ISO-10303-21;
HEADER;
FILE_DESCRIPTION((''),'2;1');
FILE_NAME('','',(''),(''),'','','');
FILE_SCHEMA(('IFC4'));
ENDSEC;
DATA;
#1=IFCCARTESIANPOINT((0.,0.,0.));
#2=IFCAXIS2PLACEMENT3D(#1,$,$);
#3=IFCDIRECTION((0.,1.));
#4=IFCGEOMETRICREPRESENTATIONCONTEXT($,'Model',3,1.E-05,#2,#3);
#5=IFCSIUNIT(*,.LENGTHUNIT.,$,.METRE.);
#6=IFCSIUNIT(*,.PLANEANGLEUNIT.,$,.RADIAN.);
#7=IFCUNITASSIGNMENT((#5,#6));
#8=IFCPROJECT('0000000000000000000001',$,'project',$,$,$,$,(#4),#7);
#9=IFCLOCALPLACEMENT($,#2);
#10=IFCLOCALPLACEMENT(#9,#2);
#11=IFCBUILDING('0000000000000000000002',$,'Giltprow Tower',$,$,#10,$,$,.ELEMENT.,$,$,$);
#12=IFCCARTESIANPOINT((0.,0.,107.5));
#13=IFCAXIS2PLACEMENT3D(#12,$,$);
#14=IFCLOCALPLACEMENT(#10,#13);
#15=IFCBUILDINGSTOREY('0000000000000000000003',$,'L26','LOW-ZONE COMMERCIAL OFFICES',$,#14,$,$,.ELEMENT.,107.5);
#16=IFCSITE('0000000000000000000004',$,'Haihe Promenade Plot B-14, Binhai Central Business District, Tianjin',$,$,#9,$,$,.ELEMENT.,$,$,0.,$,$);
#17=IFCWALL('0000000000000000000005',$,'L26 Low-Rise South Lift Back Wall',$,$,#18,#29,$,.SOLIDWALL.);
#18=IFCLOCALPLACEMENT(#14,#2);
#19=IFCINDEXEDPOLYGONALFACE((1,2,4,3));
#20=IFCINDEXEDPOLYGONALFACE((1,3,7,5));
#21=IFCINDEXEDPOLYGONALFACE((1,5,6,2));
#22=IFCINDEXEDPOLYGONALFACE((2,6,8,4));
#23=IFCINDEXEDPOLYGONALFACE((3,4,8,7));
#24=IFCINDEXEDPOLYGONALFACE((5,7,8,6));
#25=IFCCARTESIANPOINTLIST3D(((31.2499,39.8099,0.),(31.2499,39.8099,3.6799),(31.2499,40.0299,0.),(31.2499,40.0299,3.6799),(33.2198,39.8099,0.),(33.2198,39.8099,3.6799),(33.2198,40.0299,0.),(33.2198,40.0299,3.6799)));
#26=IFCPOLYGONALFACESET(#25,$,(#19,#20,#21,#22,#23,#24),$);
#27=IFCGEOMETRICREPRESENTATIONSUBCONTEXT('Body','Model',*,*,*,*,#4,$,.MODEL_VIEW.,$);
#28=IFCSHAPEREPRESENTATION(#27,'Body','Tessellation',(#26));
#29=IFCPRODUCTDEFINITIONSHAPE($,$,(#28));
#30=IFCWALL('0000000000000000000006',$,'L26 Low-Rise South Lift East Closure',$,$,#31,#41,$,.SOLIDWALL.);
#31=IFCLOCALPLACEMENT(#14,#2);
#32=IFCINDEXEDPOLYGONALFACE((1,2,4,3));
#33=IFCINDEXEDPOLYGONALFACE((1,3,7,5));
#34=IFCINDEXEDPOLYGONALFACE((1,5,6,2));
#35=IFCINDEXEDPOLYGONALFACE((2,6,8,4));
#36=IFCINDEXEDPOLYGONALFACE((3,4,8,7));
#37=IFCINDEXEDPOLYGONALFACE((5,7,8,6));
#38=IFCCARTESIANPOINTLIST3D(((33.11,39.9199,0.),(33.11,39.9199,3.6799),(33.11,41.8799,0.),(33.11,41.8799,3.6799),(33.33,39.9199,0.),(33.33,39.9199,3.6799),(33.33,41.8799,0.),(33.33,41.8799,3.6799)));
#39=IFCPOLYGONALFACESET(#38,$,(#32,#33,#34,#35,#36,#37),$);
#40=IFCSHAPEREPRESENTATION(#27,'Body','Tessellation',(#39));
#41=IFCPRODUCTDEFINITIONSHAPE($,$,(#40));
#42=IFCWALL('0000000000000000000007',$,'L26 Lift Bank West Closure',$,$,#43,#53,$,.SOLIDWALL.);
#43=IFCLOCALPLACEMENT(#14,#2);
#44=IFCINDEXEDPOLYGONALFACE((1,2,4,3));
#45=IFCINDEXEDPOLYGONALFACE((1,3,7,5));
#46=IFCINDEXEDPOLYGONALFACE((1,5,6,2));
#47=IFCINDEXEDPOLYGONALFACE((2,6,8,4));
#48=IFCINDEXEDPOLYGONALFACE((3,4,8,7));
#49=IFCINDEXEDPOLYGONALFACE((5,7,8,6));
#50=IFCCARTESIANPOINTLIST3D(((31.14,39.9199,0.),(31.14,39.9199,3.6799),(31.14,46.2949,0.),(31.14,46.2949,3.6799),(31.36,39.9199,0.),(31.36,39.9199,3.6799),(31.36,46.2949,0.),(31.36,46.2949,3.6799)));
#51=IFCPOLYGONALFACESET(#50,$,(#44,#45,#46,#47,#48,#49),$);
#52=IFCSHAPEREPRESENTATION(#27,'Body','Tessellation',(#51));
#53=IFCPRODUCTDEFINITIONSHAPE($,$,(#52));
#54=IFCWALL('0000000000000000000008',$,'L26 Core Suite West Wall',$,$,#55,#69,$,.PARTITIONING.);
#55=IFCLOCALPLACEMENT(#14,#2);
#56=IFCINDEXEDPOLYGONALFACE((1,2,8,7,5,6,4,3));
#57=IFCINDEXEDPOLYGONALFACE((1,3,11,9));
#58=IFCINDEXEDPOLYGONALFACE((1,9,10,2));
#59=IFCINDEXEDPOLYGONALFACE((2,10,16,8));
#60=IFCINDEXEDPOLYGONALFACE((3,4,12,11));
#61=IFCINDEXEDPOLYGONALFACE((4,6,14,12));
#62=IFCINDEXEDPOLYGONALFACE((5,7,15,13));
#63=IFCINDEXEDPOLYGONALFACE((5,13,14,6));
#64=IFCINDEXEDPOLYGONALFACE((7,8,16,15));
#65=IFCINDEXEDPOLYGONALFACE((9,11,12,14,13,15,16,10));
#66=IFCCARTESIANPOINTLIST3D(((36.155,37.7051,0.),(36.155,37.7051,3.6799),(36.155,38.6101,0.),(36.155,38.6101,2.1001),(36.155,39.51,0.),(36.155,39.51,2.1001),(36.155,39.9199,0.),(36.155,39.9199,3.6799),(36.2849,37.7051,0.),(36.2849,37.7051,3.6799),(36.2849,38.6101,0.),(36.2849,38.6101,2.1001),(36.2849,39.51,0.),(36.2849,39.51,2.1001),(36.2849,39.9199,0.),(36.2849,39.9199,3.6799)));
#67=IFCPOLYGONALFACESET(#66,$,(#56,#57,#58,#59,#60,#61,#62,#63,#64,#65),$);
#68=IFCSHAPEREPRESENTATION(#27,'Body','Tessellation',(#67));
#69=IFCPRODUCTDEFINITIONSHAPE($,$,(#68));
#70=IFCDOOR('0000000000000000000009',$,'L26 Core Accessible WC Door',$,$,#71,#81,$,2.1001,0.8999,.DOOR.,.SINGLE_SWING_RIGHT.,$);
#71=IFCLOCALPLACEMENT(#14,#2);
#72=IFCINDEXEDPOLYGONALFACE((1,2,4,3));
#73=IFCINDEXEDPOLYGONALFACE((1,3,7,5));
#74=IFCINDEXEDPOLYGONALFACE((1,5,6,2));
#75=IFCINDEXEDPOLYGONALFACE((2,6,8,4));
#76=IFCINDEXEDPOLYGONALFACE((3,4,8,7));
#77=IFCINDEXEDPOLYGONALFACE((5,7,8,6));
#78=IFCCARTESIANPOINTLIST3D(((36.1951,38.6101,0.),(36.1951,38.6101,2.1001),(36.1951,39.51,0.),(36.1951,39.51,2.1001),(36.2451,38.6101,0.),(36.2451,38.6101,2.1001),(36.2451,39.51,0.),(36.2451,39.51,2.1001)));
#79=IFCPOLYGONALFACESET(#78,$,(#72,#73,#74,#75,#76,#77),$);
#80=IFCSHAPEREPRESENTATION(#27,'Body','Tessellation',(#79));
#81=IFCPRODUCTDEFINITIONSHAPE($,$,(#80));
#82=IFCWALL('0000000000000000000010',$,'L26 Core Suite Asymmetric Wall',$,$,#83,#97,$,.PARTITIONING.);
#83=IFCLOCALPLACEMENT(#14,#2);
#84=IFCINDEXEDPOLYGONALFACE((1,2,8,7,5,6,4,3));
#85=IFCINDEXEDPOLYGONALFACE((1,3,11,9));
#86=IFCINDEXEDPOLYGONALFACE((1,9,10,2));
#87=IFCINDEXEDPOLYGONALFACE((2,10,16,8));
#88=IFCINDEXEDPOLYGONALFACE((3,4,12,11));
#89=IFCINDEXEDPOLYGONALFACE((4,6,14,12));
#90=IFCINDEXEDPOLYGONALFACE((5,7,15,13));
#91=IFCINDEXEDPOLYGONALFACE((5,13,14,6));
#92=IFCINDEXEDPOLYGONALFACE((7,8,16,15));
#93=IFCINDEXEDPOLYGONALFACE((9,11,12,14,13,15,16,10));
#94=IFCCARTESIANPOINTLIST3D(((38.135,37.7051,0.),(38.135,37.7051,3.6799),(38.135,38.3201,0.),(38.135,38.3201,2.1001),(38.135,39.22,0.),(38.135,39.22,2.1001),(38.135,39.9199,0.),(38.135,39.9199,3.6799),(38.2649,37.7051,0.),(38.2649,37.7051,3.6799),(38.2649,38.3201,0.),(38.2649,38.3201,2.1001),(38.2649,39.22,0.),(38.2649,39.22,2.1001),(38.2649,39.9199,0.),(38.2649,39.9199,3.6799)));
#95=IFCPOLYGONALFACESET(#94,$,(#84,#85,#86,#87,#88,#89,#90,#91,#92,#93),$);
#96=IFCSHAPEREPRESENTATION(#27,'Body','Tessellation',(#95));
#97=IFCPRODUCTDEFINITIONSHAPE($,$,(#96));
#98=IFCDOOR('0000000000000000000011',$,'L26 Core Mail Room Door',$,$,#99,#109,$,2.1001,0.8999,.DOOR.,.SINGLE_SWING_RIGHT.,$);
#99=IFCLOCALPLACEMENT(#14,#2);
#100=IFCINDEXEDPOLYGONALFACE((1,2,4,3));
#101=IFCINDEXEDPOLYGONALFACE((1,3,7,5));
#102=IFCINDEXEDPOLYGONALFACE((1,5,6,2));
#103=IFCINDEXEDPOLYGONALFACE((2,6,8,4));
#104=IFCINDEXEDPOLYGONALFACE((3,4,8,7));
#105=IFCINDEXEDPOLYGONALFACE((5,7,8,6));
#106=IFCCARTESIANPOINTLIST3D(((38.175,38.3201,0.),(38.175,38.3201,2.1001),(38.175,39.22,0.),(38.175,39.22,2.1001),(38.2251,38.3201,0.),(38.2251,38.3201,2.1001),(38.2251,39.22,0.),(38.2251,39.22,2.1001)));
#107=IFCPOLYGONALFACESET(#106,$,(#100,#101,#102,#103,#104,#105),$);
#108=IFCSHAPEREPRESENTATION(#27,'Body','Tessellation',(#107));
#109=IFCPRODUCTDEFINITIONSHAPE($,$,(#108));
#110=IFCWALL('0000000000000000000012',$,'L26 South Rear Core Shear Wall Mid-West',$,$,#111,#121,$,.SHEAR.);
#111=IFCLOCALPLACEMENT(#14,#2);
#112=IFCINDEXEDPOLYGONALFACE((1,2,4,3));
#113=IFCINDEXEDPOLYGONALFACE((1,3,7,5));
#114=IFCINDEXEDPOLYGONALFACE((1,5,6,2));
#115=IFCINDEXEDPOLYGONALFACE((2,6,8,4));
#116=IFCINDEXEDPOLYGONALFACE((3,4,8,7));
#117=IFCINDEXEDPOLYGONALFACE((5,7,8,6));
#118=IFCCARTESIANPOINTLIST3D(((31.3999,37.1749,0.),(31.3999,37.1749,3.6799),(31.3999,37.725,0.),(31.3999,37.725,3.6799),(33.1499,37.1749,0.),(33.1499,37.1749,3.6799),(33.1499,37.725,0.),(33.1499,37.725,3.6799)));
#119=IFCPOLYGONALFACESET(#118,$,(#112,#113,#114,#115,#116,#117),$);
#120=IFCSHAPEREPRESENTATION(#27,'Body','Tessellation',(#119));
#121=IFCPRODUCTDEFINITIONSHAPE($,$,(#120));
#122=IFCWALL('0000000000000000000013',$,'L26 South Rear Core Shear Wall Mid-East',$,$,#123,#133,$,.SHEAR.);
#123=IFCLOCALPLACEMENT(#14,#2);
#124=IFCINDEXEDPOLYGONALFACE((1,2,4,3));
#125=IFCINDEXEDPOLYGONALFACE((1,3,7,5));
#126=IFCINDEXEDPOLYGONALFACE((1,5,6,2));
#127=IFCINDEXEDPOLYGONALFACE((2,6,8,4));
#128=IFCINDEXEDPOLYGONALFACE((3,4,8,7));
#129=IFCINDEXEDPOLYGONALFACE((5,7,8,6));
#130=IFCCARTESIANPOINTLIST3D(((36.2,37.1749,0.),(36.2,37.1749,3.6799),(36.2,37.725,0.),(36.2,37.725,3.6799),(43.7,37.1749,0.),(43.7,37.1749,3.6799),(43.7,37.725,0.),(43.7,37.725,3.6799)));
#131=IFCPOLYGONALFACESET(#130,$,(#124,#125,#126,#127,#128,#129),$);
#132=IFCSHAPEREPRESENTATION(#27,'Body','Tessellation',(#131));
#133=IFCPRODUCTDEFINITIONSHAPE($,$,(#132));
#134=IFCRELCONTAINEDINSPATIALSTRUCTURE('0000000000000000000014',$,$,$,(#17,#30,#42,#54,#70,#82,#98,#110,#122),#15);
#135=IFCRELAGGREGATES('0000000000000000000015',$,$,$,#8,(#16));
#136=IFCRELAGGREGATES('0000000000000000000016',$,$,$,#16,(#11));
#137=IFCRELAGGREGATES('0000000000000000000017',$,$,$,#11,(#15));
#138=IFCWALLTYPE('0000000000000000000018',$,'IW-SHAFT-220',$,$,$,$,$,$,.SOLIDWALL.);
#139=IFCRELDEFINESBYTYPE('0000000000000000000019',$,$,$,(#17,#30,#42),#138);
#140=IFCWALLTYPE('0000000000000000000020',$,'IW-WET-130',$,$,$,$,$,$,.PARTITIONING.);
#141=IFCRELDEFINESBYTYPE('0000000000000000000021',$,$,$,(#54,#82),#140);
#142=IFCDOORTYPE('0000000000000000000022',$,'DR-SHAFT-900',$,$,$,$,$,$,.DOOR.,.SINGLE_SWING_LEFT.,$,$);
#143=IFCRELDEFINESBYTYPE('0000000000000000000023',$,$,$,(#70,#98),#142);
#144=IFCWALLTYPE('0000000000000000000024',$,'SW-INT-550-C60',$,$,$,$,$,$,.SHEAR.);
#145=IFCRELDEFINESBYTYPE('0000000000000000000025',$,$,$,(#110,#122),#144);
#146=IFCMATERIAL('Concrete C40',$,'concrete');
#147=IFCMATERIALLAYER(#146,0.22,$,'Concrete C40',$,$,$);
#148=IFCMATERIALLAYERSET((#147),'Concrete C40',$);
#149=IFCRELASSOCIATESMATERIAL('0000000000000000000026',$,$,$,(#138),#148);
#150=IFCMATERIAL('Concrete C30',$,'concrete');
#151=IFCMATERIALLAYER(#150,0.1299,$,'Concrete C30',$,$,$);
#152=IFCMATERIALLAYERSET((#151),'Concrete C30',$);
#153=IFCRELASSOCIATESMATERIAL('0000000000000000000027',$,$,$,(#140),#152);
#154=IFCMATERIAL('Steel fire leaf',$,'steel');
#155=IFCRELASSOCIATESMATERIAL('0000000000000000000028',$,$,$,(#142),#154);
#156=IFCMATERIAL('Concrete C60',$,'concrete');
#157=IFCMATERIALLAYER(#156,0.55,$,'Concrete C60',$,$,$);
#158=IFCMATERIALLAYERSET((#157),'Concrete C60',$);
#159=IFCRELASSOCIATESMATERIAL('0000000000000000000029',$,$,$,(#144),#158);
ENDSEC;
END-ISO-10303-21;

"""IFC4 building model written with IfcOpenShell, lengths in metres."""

from ifc_helpers import new_model, si_unit, direction, frame, frame_2d, origin, place, context, subcontext, project, spatial, rectangle, extrude, source, transform, mapped, material, layer, layer_set, type_object, element, fill, save


model = new_model("IFC4")

# Units and contexts
model_context = context("Model", 3, precision=1e-05, world=origin(), true_north=direction((0.0, 1.0)))
body_context = subcontext(model_context, "Body", "Model", "MODEL_VIEW")
ifc_project = project(units=[si_unit("LENGTHUNIT", "METRE"), si_unit("PLANEANGLEUNIT", "RADIAN")], contexts=[model_context])

# Site, building, storey
site_placement = place(None, origin())
site = spatial("IfcSite", under=ifc_project, at=site_placement, Name="Haihe Promenade Plot B-14, Binhai Central Business District, Tianjin", CompositionType="ELEMENT", RefElevation=0.0)
building_placement = place(site_placement, origin())
building = spatial("IfcBuilding", under=site, at=building_placement, Name="Giltprow Tower", CompositionType="ELEMENT")
storey_placement = place(building_placement, frame((0.0, 0.0, 107.5)))
storey = spatial("IfcBuildingStorey", under=building, at=storey_placement, Name="L26", Description="LOW-ZONE COMMERCIAL OFFICES", CompositionType="ELEMENT", Elevation=107.5)

# Shared definitions
ifc_material_1 = material(Name="Concrete C60", Category="concrete")

# Walls
ifc_material_2 = material(Name="Concrete C40", Category="concrete")
ifc_layer_1 = layer(ifc_material_2, 0.22, Name="Concrete C40")
ifc_layer_set_1 = layer_set([ifc_layer_1], Name="Concrete C40")
wall_type_1 = type_object("IfcWallType", Name="IW-SHAFT-220", PredefinedType="SOLIDWALL", material=ifc_layer_set_1)
wall_1_placement = place(storey_placement, frame((31.25, 39.9199, 0.0), z_axis=(0.0, 0.0, 1.0), x_axis=(1.0, 0.0, 0.0)))
element("IfcWall", 1, at=wall_1_placement, inside=storey, type_object=wall_type_1, Name="L26 Low-Rise South Lift Back Wall", PredefinedType="SOLIDWALL", context=body_context, shape_type="SweptSolid", body=[
    extrude(rectangle(XDim=1.97, YDim=0.22, at=frame_2d((0.9849, 0.0))), origin(), (0.0, 0.0, 1.0), 3.6799),
])
wall_2_placement = place(storey_placement, frame((33.22, 39.9199, 0.0), z_axis=(0.0, 0.0, 1.0), x_axis=(0.0, 1.0, 0.0)))
element("IfcWall", 2, at=wall_2_placement, inside=storey, type_object=wall_type_1, Name="L26 Low-Rise South Lift East Closure", PredefinedType="SOLIDWALL", context=body_context, shape_type="SweptSolid", body=[
    extrude(rectangle(XDim=1.96, YDim=0.22, at=frame_2d((0.98, 0.0))), origin(), (0.0, 0.0, 1.0), 3.6799),
])
wall_3_placement = place(storey_placement, frame((31.25, 39.9199, 0.0), z_axis=(0.0, 0.0, 1.0), x_axis=(0.0, 1.0, 0.0)))
element("IfcWall", 3, at=wall_3_placement, inside=storey, type_object=wall_type_1, Name="L26 Lift Bank West Closure", PredefinedType="SOLIDWALL", context=body_context, shape_type="SweptSolid", body=[
    extrude(rectangle(XDim=6.375, YDim=0.22, at=frame_2d((3.1875, 0.0))), origin(), (0.0, 0.0, 1.0), 3.6799),
])

# Walls, openings, doors
ifc_material_3 = material(Name="Concrete C30", Category="concrete")
ifc_layer_2 = layer(ifc_material_3, 0.1299, Name="Concrete C30")
ifc_layer_set_2 = layer_set([ifc_layer_2], Name="Concrete C30")
wall_type_2 = type_object("IfcWallType", Name="IW-WET-130", PredefinedType="PARTITIONING", material=ifc_layer_set_2)
wall_4_placement = place(storey_placement, frame((36.22, 37.7051, 0.0), z_axis=(0.0, 0.0, 1.0), x_axis=(0.0, 1.0, 0.0)))
wall_4 = element("IfcWall", 4, at=wall_4_placement, inside=storey, type_object=wall_type_2, Name="L26 Core Suite West Wall", PredefinedType="PARTITIONING", context=body_context, shape_type="SweptSolid", body=[
    extrude(rectangle(XDim=2.2148, YDim=0.1299, at=frame_2d((1.1074, 0.0))), origin(), (0.0, 0.0, 1.0), 3.6799),
])
opening_1_placement = place(wall_4_placement, frame((0.905, 0.0, 0.0)))
opening_1 = element("IfcOpeningElement", 5, at=opening_1_placement, cuts=wall_4, PredefinedType="OPENING", context=body_context, shape_type="SweptSolid", body=[
    extrude(rectangle(XDim=0.8999, YDim=2.1001, at=frame_2d((0.45, 1.05))), frame((0.0, 0.075, 0.0), z_axis=(0.0, -1.0, 0.0), x_axis=(1.0, 0.0, 0.0)), (0.0, 0.0, 1.0), 0.1499),
])
ifc_material_4 = material(Name="Steel fire leaf", Category="steel")
door_type_1 = type_object("IfcDoorType", Name="DR-SHAFT-900", OperationType="SINGLE_SWING_LEFT", PredefinedType="DOOR", material=ifc_material_4)
shared_shape_1 = source(origin(), body_context, "Body", "SweptSolid", [
    extrude(rectangle(XDim=0.8999, YDim=2.1001, at=frame_2d((0.45, 1.05))), frame((0.0, 0.0249, 0.0), z_axis=(0.0, -1.0, 0.0), x_axis=(1.0, 0.0, 0.0)), (0.0, 0.0, 1.0), 0.05),
])
door_1_placement = place(opening_1_placement, origin())
door_1 = element("IfcDoor", 6, at=door_1_placement, inside=storey, type_object=door_type_1, Name="L26 Core Accessible WC Door", OperationType="SINGLE_SWING_RIGHT", OverallHeight=2.1001, OverallWidth=0.8999, PredefinedType="DOOR", context=body_context, shape_type="MappedRepresentation", body=[
    mapped(shared_shape_1, transform((0.0, 0.0, 0.0), x_axis=(1.0, 0.0, 0.0), y_axis=(0.0, 1.0, 0.0), z_axis=(0.0, 0.0, 1.0), scale=1.0)),
])
fill(opening_1, door_1)
wall_5_placement = place(storey_placement, frame((38.2, 37.7051, 0.0), z_axis=(0.0, 0.0, 1.0), x_axis=(0.0, 1.0, 0.0)))
wall_5 = element("IfcWall", 7, at=wall_5_placement, inside=storey, type_object=wall_type_2, Name="L26 Core Suite Asymmetric Wall", PredefinedType="PARTITIONING", context=body_context, shape_type="SweptSolid", body=[
    extrude(rectangle(XDim=2.2148, YDim=0.1299, at=frame_2d((1.1074, 0.0))), origin(), (0.0, 0.0, 1.0), 3.6799),
])
opening_2_placement = place(wall_5_placement, frame((0.615, 0.0, 0.0)))
opening_2 = element("IfcOpeningElement", 8, at=opening_2_placement, cuts=wall_5, PredefinedType="OPENING", context=body_context, shape_type="SweptSolid", body=[
    extrude(rectangle(XDim=0.8999, YDim=2.1001, at=frame_2d((0.45, 1.05))), frame((0.0, 0.075, 0.0), z_axis=(0.0, -1.0, 0.0), x_axis=(1.0, 0.0, 0.0)), (0.0, 0.0, 1.0), 0.1499),
])
door_2_placement = place(opening_2_placement, origin())
door_2 = element("IfcDoor", 9, at=door_2_placement, inside=storey, type_object=door_type_1, Name="L26 Core Mail Room Door", OperationType="SINGLE_SWING_RIGHT", OverallHeight=2.1001, OverallWidth=0.8999, PredefinedType="DOOR", context=body_context, shape_type="MappedRepresentation", body=[
    mapped(shared_shape_1, transform((0.0, 0.0, 0.0), x_axis=(1.0, 0.0, 0.0), y_axis=(0.0, 1.0, 0.0), z_axis=(0.0, 0.0, 1.0), scale=1.0)),
])
fill(opening_2, door_2)

# Walls
ifc_layer_3 = layer(ifc_material_1, 0.55, Name="Concrete C60")
ifc_layer_set_3 = layer_set([ifc_layer_3], Name="Concrete C60")
wall_type_3 = type_object("IfcWallType", Name="SW-INT-550-C60", PredefinedType="SHEAR", material=ifc_layer_set_3)
wall_6_placement = place(storey_placement, frame((31.3999, 37.45, 0.0), z_axis=(0.0, 0.0, 1.0), x_axis=(1.0, 0.0, 0.0)))
element("IfcWall", 10, at=wall_6_placement, inside=storey, type_object=wall_type_3, Name="L26 South Rear Core Shear Wall Mid-West", PredefinedType="SHEAR", context=body_context, shape_type="SweptSolid", body=[
    extrude(rectangle(XDim=1.75, YDim=0.55, at=frame_2d((0.875, 0.0))), origin(), (0.0, 0.0, 1.0), 3.6799),
])
wall_7_placement = place(storey_placement, frame((36.2, 37.45, 0.0), z_axis=(0.0, 0.0, 1.0), x_axis=(1.0, 0.0, 0.0)))
element("IfcWall", 11, at=wall_7_placement, inside=storey, type_object=wall_type_3, Name="L26 South Rear Core Shear Wall Mid-East", PredefinedType="SHEAR", context=body_context, shape_type="SweptSolid", body=[
    extrude(rectangle(XDim=7.5, YDim=0.55, at=frame_2d((3.75, 0.0))), origin(), (0.0, 0.0, 1.0), 3.6799),
])

save(model, "model.ifc")
